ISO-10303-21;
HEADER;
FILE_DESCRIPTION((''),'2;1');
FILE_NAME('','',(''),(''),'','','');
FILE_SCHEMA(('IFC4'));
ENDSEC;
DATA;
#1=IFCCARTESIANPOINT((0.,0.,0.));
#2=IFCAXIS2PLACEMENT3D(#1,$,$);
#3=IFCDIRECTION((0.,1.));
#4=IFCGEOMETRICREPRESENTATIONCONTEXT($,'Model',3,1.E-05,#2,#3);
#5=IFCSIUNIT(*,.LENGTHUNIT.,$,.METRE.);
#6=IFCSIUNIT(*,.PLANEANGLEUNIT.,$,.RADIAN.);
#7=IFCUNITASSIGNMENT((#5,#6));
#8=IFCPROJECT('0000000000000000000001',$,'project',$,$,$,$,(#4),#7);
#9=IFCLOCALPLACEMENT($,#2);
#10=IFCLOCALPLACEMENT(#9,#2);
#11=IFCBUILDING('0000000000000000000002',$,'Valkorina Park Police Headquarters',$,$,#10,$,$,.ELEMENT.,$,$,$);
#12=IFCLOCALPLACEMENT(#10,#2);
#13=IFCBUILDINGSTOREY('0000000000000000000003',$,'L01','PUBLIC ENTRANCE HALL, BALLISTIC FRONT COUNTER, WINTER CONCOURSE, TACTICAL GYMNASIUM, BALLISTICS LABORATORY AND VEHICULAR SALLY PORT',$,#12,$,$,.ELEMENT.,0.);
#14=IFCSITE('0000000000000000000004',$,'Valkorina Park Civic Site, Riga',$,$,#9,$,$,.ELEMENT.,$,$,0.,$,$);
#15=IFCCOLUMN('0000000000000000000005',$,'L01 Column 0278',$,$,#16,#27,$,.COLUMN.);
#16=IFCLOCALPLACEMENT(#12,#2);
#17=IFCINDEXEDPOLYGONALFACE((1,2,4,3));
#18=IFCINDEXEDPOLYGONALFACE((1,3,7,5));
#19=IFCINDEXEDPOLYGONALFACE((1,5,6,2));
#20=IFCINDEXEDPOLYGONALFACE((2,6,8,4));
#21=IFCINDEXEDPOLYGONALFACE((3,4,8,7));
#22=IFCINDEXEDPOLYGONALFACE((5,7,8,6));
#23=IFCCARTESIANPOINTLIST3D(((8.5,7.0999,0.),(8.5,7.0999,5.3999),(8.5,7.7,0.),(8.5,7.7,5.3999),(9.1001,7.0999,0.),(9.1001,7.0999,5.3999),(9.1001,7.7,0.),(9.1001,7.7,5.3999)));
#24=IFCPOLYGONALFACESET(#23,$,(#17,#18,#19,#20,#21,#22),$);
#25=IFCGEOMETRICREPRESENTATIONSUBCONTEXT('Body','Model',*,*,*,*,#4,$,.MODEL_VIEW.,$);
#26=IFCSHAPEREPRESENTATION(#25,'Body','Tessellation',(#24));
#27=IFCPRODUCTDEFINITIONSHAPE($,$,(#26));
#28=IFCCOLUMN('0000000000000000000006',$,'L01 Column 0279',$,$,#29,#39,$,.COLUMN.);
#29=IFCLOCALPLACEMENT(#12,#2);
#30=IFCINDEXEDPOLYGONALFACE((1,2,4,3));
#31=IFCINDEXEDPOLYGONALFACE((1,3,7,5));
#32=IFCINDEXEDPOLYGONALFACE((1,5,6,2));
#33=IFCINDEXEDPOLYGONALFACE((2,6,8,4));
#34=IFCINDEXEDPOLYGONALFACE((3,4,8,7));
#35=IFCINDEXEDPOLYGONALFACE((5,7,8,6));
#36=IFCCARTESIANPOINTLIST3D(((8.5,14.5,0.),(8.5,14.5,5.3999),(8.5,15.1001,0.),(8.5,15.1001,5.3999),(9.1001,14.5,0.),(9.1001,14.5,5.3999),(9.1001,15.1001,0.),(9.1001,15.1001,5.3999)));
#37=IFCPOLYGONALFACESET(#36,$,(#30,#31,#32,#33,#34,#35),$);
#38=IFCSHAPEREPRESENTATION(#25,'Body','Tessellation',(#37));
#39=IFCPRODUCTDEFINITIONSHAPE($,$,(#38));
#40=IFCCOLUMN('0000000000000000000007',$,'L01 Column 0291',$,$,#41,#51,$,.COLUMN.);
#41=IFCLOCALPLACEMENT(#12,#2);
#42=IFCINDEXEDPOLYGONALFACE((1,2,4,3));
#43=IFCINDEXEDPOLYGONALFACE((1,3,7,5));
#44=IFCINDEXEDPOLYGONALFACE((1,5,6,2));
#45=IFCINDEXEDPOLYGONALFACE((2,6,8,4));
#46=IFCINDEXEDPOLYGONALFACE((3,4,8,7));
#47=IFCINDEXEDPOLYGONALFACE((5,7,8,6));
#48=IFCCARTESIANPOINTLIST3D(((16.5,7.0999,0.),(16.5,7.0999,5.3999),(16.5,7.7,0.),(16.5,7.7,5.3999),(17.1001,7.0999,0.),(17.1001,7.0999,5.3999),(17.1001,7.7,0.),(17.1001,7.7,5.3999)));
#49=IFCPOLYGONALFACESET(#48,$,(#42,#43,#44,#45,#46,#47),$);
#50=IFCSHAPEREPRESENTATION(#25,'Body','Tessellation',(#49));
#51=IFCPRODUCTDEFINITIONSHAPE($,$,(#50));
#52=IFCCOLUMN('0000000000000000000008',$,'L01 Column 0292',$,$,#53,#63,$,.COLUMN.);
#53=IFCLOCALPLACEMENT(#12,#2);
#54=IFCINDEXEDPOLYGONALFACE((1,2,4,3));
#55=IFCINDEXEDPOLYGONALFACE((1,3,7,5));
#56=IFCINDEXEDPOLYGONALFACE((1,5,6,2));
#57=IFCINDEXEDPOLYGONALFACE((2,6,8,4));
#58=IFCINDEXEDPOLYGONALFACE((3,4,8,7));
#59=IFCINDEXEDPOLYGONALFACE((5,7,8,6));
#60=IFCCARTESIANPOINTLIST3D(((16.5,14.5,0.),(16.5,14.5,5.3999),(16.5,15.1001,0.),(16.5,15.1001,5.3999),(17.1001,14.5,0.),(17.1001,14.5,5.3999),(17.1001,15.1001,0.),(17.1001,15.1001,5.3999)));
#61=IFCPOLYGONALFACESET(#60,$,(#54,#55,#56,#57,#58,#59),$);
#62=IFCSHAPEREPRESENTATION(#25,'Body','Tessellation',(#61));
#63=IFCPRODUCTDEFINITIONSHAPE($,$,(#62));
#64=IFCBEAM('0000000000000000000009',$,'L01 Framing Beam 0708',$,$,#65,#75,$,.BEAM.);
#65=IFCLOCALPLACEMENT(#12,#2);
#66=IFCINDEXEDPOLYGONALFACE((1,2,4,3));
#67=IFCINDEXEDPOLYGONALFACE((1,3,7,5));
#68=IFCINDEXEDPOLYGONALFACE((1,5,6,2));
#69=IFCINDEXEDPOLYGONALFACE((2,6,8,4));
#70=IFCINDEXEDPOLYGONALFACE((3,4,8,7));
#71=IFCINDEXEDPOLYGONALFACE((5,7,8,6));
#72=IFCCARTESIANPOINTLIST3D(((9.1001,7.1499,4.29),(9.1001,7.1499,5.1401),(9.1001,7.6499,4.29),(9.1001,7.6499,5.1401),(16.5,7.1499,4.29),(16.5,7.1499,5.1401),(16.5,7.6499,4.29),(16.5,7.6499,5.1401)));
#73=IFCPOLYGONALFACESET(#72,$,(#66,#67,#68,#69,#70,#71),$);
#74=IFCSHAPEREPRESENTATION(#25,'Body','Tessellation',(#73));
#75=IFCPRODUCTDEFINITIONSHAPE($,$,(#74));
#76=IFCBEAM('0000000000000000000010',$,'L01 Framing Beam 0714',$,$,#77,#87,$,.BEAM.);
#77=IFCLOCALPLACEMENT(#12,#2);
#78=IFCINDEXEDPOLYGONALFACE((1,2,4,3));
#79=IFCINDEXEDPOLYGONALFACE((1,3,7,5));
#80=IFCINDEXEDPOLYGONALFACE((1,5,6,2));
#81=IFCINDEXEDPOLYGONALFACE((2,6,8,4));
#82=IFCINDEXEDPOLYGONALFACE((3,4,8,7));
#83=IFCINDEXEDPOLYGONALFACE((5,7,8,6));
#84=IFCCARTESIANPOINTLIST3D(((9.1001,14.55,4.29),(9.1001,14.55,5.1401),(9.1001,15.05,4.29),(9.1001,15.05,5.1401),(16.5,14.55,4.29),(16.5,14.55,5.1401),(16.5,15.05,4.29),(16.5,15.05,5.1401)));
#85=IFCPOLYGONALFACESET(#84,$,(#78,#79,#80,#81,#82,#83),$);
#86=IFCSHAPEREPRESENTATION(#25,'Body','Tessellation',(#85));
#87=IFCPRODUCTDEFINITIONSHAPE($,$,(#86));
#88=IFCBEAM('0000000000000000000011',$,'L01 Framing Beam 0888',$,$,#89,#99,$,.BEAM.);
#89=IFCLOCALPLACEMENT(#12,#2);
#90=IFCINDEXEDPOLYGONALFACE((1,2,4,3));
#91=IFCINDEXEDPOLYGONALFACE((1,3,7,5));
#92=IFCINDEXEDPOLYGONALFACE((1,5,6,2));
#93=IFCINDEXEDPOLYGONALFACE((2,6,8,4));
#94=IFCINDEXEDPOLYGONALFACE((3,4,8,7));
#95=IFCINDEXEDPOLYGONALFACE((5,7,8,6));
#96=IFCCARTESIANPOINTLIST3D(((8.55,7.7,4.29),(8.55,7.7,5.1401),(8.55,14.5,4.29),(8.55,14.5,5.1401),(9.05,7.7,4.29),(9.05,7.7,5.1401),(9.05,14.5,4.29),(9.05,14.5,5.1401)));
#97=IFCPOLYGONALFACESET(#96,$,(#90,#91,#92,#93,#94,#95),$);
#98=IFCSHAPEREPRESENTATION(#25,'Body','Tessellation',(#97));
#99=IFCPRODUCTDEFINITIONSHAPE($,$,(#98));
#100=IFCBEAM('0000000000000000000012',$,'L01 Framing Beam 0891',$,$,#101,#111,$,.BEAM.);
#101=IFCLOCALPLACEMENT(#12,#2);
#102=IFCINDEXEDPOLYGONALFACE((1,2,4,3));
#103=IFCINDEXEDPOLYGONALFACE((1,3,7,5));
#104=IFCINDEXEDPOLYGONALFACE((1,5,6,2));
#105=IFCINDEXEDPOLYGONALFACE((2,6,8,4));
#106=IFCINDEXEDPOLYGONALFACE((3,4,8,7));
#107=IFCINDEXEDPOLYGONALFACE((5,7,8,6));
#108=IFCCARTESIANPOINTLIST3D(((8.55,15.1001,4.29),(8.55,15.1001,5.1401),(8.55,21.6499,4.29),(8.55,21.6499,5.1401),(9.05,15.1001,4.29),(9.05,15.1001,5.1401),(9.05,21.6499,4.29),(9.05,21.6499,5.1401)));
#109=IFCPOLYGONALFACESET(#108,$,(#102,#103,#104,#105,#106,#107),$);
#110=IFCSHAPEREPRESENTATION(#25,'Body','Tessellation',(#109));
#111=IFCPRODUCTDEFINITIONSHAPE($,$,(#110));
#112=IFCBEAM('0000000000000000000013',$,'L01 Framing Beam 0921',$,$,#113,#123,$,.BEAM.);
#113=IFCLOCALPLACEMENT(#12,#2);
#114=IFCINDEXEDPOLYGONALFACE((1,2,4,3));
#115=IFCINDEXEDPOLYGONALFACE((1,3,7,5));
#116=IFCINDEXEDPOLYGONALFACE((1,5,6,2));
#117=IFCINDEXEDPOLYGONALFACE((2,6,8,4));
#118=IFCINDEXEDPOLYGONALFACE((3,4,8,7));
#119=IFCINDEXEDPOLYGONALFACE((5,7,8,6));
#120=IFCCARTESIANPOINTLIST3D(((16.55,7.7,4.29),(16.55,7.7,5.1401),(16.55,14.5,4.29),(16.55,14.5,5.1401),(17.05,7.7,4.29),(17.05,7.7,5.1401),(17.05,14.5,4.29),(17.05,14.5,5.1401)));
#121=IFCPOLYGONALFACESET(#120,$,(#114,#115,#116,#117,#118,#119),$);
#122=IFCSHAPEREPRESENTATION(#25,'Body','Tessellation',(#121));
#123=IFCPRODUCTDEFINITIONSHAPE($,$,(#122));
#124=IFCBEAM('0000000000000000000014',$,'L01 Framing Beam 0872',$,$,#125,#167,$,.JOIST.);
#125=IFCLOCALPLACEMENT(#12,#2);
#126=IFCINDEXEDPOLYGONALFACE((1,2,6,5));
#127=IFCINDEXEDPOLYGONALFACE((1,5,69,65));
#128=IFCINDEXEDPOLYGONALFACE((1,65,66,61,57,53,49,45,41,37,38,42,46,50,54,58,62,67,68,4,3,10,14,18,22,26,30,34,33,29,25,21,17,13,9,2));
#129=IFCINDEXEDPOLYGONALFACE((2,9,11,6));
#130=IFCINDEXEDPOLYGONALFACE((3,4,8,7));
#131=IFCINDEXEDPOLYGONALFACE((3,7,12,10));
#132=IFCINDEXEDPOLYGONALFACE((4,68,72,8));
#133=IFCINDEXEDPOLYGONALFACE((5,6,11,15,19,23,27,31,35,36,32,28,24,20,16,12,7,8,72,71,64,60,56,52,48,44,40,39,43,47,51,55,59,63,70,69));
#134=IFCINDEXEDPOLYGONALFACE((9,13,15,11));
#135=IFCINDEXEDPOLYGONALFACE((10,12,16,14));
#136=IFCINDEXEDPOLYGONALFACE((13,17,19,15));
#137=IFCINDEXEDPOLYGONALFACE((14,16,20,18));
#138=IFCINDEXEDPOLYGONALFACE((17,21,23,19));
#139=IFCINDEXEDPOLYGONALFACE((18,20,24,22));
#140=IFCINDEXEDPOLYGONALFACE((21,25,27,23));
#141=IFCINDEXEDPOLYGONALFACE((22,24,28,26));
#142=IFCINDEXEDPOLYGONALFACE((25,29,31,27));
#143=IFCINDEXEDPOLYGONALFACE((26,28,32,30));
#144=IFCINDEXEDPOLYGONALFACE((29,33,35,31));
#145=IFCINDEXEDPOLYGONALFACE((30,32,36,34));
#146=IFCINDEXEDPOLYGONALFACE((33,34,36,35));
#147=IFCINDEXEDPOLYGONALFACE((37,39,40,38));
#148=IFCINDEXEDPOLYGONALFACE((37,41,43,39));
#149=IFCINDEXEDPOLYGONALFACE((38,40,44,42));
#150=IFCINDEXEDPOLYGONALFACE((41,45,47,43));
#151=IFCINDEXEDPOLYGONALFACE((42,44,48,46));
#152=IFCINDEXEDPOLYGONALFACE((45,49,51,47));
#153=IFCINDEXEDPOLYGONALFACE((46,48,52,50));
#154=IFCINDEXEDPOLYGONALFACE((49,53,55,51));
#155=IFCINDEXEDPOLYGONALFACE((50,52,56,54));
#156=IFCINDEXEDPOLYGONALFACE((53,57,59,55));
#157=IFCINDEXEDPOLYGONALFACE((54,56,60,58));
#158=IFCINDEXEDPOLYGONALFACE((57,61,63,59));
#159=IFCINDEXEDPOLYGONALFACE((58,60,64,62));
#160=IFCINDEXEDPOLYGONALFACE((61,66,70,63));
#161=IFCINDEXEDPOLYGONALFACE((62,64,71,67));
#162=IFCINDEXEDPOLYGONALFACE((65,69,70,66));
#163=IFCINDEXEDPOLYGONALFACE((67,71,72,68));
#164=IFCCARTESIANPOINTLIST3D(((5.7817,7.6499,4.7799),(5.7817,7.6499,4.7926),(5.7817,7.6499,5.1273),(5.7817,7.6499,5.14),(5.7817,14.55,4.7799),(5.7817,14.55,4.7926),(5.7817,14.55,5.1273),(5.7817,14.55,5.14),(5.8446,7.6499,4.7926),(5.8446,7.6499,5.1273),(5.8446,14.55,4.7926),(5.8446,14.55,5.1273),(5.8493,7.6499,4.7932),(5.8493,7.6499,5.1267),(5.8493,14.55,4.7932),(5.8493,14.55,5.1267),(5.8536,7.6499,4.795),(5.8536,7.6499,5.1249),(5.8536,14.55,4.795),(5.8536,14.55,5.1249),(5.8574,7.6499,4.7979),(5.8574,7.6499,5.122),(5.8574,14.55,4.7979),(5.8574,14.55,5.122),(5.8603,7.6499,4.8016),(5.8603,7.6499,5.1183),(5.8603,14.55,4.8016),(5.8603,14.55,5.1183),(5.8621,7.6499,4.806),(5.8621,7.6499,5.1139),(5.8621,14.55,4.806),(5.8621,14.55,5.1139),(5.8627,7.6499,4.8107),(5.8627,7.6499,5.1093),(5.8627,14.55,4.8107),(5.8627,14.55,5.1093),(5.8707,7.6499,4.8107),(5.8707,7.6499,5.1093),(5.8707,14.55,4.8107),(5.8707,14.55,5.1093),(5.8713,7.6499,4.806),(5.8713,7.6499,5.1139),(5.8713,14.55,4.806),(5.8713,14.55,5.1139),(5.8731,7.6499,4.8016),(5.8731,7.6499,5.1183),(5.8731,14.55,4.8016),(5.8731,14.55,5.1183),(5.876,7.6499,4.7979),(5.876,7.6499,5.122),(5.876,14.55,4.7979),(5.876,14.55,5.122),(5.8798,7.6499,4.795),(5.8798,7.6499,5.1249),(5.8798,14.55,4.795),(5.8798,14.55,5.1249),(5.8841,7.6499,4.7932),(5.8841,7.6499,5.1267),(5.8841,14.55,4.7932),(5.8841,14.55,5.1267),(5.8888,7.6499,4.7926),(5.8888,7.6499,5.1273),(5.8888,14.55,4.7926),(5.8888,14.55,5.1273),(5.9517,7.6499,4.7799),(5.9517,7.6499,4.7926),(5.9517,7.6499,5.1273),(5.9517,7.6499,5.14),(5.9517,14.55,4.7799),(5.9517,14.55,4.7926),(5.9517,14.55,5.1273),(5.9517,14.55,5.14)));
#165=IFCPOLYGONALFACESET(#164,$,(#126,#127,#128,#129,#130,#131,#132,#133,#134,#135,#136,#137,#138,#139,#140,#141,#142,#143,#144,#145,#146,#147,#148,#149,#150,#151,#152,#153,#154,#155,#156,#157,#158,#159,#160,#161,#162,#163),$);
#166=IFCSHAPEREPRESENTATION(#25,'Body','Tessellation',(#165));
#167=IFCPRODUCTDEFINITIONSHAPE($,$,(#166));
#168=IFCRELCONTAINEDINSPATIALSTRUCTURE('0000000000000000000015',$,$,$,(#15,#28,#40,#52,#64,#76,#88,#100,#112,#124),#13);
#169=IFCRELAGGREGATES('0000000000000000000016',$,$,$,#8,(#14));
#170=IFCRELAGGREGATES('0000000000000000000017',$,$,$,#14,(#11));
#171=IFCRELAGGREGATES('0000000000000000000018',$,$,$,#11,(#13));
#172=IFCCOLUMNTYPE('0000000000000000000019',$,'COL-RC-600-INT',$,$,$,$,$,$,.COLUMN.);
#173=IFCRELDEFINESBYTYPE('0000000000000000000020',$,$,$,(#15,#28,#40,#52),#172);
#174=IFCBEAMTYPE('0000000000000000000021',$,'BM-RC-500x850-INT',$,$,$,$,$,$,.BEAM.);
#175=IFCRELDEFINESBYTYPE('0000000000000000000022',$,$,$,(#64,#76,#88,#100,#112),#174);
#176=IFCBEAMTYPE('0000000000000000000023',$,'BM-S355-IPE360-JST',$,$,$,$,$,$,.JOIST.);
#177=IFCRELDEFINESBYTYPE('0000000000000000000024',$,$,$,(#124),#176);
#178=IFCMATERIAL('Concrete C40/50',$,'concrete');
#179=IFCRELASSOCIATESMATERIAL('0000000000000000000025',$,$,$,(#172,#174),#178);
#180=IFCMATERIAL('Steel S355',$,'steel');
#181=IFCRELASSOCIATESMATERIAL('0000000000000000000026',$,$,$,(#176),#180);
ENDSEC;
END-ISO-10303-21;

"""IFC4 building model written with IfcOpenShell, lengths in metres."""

from ifc_helpers import new_model, si_unit, direction, frame, origin, origin_2d, place, context, subcontext, project, spatial, rectangle, i_section, extrude, material, material_profile, profile_set, type_object, element, save


model = new_model("IFC4")

# Units and contexts
model_context = context("Model", 3, precision=1e-05, world=origin(), true_north=direction((0.0, 1.0)))
body_context = subcontext(model_context, "Body", "Model", "MODEL_VIEW")
ifc_project = project(units=[si_unit("LENGTHUNIT", "METRE"), si_unit("PLANEANGLEUNIT", "RADIAN")], contexts=[model_context])

# Site, building, storey
site_placement = place(None, origin())
site = spatial("IfcSite", under=ifc_project, at=site_placement, Name="Valkorina Park Civic Site, Riga", CompositionType="ELEMENT", RefElevation=0.0)
building_placement = place(site_placement, origin())
building = spatial("IfcBuilding", under=site, at=building_placement, Name="Valkorina Park Police Headquarters", CompositionType="ELEMENT")
storey_placement = place(building_placement, origin())
storey = spatial("IfcBuildingStorey", under=building, at=storey_placement, Name="L01", Description="PUBLIC ENTRANCE HALL, BALLISTIC FRONT COUNTER, WINTER CONCOURSE, TACTICAL GYMNASIUM, BALLISTICS LABORATORY AND VEHICULAR SALLY PORT", CompositionType="ELEMENT", Elevation=0.0)

# Columns
ifc_material_1 = material(Name="Concrete C40/50", Category="concrete")
ifc_material_profile_1 = material_profile(ifc_material_1, rectangle(XDim=0.6001, YDim=0.6001, at=origin_2d()), Name="RC COL 600x600")
ifc_profile_set_1 = profile_set([ifc_material_profile_1], Name="Concrete C40/50")
column_type = type_object("IfcColumnType", Name="COL-RC-600-INT", PredefinedType="COLUMN", material=ifc_profile_set_1)
for number, where, z_axis, x_axis, name in (
    (1, (8.8, 7.3999, 0.0), (0.0, 0.0, 1.0), (1.0, 0.0, 0.0), "L01 Column 0278"),
    (2, (8.8, 14.8, 0.0), (0.0, 0.0, 1.0), (1.0, 0.0, 0.0), "L01 Column 0279"),
    (3, (16.8, 7.3999, 0.0), (0.0, 0.0, 1.0), (1.0, 0.0, 0.0), "L01 Column 0291"),
    (4, (16.8, 14.8, 0.0), (0.0, 0.0, 1.0), (1.0, 0.0, 0.0), "L01 Column 0292"),
):
    element("IfcColumn", number, at=place(storey_placement, frame(where, z_axis=z_axis, x_axis=x_axis)), inside=storey, type_object=column_type, Name=name, PredefinedType="COLUMN", context=body_context, shape_type="SweptSolid", body=[
        extrude(rectangle(XDim=0.6001, YDim=0.6001, at=origin_2d()), origin(), (0.0, 0.0, 1.0), 5.3999),
    ])

# Beams
ifc_material_profile_2 = material_profile(ifc_material_1, rectangle(XDim=0.5, YDim=0.8501, at=origin_2d()), Name="RC BEAM 500x850")
ifc_profile_set_2 = profile_set([ifc_material_profile_2], Name="Concrete C40/50")
beam_type_1 = type_object("IfcBeamType", Name="BM-RC-500x850-INT", PredefinedType="BEAM", material=ifc_profile_set_2)
for number, where, z_axis, x_axis, name in (
    (5, (9.1001, 7.3999, 4.7151), (1.0, 0.0, 0.0), (0.0, 1.0, 0.0), "L01 Framing Beam 0708"),
    (6, (9.1001, 14.8, 4.7151), (1.0, 0.0, 0.0), (0.0, 1.0, 0.0), "L01 Framing Beam 0714"),
):
    element("IfcBeam", number, at=place(storey_placement, frame(where, z_axis=z_axis, x_axis=x_axis)), inside=storey, type_object=beam_type_1, Name=name, PredefinedType="BEAM", context=body_context, shape_type="SweptSolid", body=[
        extrude(rectangle(XDim=0.5, YDim=0.8501, at=origin_2d()), origin(), (0.0, 0.0, 1.0), 7.3999),
    ])
beam_1_placement = place(storey_placement, frame((8.8, 7.7, 4.7151), z_axis=(0.0, 1.0, 0.0), x_axis=(-1.0, 0.0, 0.0)))
element("IfcBeam", 7, at=beam_1_placement, inside=storey, type_object=beam_type_1, Name="L01 Framing Beam 0888", PredefinedType="BEAM", context=body_context, shape_type="SweptSolid", body=[
    extrude(rectangle(XDim=0.5, YDim=0.8501, at=origin_2d()), origin(), (0.0, 0.0, 1.0), 6.8),
])
beam_2_placement = place(storey_placement, frame((8.8, 15.1001, 4.7151), z_axis=(0.0, 1.0, 0.0), x_axis=(-1.0, 0.0, 0.0)))
element("IfcBeam", 8, at=beam_2_placement, inside=storey, type_object=beam_type_1, Name="L01 Framing Beam 0891", PredefinedType="BEAM", context=body_context, shape_type="SweptSolid", body=[
    extrude(rectangle(XDim=0.5, YDim=0.8501, at=origin_2d()), origin(), (0.0, 0.0, 1.0), 6.5498),
])
beam_3_placement = place(storey_placement, frame((16.8, 7.7, 4.7151), z_axis=(0.0, 1.0, 0.0), x_axis=(-1.0, 0.0, 0.0)))
element("IfcBeam", 9, at=beam_3_placement, inside=storey, type_object=beam_type_1, Name="L01 Framing Beam 0921", PredefinedType="BEAM", context=body_context, shape_type="SweptSolid", body=[
    extrude(rectangle(XDim=0.5, YDim=0.8501, at=origin_2d()), origin(), (0.0, 0.0, 1.0), 6.8),
])
ifc_material_2 = material(Name="Steel S355", Category="steel")
ifc_material_profile_3 = material_profile(ifc_material_2, i_section(OverallWidth=0.1699, OverallDepth=0.3601, WebThickness=0.0081, FlangeThickness=0.0127, FilletRadius=0.0181, at=origin_2d()), Name="IPE 360")
ifc_profile_set_3 = profile_set([ifc_material_profile_3], Name="Steel S355")
beam_type_2 = type_object("IfcBeamType", Name="BM-S355-IPE360-JST", PredefinedType="JOIST", material=ifc_profile_set_3)
beam_4_placement = place(storey_placement, frame((5.8667, 7.6499, 4.96), z_axis=(0.0, 1.0, 0.0), x_axis=(-1.0, 0.0, 0.0)))
element("IfcBeam", 10, at=beam_4_placement, inside=storey, type_object=beam_type_2, Name="L01 Framing Beam 0872", PredefinedType="JOIST", context=body_context, shape_type="SweptSolid", body=[
    extrude(i_section(OverallWidth=0.1699, OverallDepth=0.3601, WebThickness=0.0081, FlangeThickness=0.0127, FilletRadius=0.0181, at=origin_2d()), origin(), (0.0, 0.0, 1.0), 6.9001),
])

save(model, "model.ifc")
